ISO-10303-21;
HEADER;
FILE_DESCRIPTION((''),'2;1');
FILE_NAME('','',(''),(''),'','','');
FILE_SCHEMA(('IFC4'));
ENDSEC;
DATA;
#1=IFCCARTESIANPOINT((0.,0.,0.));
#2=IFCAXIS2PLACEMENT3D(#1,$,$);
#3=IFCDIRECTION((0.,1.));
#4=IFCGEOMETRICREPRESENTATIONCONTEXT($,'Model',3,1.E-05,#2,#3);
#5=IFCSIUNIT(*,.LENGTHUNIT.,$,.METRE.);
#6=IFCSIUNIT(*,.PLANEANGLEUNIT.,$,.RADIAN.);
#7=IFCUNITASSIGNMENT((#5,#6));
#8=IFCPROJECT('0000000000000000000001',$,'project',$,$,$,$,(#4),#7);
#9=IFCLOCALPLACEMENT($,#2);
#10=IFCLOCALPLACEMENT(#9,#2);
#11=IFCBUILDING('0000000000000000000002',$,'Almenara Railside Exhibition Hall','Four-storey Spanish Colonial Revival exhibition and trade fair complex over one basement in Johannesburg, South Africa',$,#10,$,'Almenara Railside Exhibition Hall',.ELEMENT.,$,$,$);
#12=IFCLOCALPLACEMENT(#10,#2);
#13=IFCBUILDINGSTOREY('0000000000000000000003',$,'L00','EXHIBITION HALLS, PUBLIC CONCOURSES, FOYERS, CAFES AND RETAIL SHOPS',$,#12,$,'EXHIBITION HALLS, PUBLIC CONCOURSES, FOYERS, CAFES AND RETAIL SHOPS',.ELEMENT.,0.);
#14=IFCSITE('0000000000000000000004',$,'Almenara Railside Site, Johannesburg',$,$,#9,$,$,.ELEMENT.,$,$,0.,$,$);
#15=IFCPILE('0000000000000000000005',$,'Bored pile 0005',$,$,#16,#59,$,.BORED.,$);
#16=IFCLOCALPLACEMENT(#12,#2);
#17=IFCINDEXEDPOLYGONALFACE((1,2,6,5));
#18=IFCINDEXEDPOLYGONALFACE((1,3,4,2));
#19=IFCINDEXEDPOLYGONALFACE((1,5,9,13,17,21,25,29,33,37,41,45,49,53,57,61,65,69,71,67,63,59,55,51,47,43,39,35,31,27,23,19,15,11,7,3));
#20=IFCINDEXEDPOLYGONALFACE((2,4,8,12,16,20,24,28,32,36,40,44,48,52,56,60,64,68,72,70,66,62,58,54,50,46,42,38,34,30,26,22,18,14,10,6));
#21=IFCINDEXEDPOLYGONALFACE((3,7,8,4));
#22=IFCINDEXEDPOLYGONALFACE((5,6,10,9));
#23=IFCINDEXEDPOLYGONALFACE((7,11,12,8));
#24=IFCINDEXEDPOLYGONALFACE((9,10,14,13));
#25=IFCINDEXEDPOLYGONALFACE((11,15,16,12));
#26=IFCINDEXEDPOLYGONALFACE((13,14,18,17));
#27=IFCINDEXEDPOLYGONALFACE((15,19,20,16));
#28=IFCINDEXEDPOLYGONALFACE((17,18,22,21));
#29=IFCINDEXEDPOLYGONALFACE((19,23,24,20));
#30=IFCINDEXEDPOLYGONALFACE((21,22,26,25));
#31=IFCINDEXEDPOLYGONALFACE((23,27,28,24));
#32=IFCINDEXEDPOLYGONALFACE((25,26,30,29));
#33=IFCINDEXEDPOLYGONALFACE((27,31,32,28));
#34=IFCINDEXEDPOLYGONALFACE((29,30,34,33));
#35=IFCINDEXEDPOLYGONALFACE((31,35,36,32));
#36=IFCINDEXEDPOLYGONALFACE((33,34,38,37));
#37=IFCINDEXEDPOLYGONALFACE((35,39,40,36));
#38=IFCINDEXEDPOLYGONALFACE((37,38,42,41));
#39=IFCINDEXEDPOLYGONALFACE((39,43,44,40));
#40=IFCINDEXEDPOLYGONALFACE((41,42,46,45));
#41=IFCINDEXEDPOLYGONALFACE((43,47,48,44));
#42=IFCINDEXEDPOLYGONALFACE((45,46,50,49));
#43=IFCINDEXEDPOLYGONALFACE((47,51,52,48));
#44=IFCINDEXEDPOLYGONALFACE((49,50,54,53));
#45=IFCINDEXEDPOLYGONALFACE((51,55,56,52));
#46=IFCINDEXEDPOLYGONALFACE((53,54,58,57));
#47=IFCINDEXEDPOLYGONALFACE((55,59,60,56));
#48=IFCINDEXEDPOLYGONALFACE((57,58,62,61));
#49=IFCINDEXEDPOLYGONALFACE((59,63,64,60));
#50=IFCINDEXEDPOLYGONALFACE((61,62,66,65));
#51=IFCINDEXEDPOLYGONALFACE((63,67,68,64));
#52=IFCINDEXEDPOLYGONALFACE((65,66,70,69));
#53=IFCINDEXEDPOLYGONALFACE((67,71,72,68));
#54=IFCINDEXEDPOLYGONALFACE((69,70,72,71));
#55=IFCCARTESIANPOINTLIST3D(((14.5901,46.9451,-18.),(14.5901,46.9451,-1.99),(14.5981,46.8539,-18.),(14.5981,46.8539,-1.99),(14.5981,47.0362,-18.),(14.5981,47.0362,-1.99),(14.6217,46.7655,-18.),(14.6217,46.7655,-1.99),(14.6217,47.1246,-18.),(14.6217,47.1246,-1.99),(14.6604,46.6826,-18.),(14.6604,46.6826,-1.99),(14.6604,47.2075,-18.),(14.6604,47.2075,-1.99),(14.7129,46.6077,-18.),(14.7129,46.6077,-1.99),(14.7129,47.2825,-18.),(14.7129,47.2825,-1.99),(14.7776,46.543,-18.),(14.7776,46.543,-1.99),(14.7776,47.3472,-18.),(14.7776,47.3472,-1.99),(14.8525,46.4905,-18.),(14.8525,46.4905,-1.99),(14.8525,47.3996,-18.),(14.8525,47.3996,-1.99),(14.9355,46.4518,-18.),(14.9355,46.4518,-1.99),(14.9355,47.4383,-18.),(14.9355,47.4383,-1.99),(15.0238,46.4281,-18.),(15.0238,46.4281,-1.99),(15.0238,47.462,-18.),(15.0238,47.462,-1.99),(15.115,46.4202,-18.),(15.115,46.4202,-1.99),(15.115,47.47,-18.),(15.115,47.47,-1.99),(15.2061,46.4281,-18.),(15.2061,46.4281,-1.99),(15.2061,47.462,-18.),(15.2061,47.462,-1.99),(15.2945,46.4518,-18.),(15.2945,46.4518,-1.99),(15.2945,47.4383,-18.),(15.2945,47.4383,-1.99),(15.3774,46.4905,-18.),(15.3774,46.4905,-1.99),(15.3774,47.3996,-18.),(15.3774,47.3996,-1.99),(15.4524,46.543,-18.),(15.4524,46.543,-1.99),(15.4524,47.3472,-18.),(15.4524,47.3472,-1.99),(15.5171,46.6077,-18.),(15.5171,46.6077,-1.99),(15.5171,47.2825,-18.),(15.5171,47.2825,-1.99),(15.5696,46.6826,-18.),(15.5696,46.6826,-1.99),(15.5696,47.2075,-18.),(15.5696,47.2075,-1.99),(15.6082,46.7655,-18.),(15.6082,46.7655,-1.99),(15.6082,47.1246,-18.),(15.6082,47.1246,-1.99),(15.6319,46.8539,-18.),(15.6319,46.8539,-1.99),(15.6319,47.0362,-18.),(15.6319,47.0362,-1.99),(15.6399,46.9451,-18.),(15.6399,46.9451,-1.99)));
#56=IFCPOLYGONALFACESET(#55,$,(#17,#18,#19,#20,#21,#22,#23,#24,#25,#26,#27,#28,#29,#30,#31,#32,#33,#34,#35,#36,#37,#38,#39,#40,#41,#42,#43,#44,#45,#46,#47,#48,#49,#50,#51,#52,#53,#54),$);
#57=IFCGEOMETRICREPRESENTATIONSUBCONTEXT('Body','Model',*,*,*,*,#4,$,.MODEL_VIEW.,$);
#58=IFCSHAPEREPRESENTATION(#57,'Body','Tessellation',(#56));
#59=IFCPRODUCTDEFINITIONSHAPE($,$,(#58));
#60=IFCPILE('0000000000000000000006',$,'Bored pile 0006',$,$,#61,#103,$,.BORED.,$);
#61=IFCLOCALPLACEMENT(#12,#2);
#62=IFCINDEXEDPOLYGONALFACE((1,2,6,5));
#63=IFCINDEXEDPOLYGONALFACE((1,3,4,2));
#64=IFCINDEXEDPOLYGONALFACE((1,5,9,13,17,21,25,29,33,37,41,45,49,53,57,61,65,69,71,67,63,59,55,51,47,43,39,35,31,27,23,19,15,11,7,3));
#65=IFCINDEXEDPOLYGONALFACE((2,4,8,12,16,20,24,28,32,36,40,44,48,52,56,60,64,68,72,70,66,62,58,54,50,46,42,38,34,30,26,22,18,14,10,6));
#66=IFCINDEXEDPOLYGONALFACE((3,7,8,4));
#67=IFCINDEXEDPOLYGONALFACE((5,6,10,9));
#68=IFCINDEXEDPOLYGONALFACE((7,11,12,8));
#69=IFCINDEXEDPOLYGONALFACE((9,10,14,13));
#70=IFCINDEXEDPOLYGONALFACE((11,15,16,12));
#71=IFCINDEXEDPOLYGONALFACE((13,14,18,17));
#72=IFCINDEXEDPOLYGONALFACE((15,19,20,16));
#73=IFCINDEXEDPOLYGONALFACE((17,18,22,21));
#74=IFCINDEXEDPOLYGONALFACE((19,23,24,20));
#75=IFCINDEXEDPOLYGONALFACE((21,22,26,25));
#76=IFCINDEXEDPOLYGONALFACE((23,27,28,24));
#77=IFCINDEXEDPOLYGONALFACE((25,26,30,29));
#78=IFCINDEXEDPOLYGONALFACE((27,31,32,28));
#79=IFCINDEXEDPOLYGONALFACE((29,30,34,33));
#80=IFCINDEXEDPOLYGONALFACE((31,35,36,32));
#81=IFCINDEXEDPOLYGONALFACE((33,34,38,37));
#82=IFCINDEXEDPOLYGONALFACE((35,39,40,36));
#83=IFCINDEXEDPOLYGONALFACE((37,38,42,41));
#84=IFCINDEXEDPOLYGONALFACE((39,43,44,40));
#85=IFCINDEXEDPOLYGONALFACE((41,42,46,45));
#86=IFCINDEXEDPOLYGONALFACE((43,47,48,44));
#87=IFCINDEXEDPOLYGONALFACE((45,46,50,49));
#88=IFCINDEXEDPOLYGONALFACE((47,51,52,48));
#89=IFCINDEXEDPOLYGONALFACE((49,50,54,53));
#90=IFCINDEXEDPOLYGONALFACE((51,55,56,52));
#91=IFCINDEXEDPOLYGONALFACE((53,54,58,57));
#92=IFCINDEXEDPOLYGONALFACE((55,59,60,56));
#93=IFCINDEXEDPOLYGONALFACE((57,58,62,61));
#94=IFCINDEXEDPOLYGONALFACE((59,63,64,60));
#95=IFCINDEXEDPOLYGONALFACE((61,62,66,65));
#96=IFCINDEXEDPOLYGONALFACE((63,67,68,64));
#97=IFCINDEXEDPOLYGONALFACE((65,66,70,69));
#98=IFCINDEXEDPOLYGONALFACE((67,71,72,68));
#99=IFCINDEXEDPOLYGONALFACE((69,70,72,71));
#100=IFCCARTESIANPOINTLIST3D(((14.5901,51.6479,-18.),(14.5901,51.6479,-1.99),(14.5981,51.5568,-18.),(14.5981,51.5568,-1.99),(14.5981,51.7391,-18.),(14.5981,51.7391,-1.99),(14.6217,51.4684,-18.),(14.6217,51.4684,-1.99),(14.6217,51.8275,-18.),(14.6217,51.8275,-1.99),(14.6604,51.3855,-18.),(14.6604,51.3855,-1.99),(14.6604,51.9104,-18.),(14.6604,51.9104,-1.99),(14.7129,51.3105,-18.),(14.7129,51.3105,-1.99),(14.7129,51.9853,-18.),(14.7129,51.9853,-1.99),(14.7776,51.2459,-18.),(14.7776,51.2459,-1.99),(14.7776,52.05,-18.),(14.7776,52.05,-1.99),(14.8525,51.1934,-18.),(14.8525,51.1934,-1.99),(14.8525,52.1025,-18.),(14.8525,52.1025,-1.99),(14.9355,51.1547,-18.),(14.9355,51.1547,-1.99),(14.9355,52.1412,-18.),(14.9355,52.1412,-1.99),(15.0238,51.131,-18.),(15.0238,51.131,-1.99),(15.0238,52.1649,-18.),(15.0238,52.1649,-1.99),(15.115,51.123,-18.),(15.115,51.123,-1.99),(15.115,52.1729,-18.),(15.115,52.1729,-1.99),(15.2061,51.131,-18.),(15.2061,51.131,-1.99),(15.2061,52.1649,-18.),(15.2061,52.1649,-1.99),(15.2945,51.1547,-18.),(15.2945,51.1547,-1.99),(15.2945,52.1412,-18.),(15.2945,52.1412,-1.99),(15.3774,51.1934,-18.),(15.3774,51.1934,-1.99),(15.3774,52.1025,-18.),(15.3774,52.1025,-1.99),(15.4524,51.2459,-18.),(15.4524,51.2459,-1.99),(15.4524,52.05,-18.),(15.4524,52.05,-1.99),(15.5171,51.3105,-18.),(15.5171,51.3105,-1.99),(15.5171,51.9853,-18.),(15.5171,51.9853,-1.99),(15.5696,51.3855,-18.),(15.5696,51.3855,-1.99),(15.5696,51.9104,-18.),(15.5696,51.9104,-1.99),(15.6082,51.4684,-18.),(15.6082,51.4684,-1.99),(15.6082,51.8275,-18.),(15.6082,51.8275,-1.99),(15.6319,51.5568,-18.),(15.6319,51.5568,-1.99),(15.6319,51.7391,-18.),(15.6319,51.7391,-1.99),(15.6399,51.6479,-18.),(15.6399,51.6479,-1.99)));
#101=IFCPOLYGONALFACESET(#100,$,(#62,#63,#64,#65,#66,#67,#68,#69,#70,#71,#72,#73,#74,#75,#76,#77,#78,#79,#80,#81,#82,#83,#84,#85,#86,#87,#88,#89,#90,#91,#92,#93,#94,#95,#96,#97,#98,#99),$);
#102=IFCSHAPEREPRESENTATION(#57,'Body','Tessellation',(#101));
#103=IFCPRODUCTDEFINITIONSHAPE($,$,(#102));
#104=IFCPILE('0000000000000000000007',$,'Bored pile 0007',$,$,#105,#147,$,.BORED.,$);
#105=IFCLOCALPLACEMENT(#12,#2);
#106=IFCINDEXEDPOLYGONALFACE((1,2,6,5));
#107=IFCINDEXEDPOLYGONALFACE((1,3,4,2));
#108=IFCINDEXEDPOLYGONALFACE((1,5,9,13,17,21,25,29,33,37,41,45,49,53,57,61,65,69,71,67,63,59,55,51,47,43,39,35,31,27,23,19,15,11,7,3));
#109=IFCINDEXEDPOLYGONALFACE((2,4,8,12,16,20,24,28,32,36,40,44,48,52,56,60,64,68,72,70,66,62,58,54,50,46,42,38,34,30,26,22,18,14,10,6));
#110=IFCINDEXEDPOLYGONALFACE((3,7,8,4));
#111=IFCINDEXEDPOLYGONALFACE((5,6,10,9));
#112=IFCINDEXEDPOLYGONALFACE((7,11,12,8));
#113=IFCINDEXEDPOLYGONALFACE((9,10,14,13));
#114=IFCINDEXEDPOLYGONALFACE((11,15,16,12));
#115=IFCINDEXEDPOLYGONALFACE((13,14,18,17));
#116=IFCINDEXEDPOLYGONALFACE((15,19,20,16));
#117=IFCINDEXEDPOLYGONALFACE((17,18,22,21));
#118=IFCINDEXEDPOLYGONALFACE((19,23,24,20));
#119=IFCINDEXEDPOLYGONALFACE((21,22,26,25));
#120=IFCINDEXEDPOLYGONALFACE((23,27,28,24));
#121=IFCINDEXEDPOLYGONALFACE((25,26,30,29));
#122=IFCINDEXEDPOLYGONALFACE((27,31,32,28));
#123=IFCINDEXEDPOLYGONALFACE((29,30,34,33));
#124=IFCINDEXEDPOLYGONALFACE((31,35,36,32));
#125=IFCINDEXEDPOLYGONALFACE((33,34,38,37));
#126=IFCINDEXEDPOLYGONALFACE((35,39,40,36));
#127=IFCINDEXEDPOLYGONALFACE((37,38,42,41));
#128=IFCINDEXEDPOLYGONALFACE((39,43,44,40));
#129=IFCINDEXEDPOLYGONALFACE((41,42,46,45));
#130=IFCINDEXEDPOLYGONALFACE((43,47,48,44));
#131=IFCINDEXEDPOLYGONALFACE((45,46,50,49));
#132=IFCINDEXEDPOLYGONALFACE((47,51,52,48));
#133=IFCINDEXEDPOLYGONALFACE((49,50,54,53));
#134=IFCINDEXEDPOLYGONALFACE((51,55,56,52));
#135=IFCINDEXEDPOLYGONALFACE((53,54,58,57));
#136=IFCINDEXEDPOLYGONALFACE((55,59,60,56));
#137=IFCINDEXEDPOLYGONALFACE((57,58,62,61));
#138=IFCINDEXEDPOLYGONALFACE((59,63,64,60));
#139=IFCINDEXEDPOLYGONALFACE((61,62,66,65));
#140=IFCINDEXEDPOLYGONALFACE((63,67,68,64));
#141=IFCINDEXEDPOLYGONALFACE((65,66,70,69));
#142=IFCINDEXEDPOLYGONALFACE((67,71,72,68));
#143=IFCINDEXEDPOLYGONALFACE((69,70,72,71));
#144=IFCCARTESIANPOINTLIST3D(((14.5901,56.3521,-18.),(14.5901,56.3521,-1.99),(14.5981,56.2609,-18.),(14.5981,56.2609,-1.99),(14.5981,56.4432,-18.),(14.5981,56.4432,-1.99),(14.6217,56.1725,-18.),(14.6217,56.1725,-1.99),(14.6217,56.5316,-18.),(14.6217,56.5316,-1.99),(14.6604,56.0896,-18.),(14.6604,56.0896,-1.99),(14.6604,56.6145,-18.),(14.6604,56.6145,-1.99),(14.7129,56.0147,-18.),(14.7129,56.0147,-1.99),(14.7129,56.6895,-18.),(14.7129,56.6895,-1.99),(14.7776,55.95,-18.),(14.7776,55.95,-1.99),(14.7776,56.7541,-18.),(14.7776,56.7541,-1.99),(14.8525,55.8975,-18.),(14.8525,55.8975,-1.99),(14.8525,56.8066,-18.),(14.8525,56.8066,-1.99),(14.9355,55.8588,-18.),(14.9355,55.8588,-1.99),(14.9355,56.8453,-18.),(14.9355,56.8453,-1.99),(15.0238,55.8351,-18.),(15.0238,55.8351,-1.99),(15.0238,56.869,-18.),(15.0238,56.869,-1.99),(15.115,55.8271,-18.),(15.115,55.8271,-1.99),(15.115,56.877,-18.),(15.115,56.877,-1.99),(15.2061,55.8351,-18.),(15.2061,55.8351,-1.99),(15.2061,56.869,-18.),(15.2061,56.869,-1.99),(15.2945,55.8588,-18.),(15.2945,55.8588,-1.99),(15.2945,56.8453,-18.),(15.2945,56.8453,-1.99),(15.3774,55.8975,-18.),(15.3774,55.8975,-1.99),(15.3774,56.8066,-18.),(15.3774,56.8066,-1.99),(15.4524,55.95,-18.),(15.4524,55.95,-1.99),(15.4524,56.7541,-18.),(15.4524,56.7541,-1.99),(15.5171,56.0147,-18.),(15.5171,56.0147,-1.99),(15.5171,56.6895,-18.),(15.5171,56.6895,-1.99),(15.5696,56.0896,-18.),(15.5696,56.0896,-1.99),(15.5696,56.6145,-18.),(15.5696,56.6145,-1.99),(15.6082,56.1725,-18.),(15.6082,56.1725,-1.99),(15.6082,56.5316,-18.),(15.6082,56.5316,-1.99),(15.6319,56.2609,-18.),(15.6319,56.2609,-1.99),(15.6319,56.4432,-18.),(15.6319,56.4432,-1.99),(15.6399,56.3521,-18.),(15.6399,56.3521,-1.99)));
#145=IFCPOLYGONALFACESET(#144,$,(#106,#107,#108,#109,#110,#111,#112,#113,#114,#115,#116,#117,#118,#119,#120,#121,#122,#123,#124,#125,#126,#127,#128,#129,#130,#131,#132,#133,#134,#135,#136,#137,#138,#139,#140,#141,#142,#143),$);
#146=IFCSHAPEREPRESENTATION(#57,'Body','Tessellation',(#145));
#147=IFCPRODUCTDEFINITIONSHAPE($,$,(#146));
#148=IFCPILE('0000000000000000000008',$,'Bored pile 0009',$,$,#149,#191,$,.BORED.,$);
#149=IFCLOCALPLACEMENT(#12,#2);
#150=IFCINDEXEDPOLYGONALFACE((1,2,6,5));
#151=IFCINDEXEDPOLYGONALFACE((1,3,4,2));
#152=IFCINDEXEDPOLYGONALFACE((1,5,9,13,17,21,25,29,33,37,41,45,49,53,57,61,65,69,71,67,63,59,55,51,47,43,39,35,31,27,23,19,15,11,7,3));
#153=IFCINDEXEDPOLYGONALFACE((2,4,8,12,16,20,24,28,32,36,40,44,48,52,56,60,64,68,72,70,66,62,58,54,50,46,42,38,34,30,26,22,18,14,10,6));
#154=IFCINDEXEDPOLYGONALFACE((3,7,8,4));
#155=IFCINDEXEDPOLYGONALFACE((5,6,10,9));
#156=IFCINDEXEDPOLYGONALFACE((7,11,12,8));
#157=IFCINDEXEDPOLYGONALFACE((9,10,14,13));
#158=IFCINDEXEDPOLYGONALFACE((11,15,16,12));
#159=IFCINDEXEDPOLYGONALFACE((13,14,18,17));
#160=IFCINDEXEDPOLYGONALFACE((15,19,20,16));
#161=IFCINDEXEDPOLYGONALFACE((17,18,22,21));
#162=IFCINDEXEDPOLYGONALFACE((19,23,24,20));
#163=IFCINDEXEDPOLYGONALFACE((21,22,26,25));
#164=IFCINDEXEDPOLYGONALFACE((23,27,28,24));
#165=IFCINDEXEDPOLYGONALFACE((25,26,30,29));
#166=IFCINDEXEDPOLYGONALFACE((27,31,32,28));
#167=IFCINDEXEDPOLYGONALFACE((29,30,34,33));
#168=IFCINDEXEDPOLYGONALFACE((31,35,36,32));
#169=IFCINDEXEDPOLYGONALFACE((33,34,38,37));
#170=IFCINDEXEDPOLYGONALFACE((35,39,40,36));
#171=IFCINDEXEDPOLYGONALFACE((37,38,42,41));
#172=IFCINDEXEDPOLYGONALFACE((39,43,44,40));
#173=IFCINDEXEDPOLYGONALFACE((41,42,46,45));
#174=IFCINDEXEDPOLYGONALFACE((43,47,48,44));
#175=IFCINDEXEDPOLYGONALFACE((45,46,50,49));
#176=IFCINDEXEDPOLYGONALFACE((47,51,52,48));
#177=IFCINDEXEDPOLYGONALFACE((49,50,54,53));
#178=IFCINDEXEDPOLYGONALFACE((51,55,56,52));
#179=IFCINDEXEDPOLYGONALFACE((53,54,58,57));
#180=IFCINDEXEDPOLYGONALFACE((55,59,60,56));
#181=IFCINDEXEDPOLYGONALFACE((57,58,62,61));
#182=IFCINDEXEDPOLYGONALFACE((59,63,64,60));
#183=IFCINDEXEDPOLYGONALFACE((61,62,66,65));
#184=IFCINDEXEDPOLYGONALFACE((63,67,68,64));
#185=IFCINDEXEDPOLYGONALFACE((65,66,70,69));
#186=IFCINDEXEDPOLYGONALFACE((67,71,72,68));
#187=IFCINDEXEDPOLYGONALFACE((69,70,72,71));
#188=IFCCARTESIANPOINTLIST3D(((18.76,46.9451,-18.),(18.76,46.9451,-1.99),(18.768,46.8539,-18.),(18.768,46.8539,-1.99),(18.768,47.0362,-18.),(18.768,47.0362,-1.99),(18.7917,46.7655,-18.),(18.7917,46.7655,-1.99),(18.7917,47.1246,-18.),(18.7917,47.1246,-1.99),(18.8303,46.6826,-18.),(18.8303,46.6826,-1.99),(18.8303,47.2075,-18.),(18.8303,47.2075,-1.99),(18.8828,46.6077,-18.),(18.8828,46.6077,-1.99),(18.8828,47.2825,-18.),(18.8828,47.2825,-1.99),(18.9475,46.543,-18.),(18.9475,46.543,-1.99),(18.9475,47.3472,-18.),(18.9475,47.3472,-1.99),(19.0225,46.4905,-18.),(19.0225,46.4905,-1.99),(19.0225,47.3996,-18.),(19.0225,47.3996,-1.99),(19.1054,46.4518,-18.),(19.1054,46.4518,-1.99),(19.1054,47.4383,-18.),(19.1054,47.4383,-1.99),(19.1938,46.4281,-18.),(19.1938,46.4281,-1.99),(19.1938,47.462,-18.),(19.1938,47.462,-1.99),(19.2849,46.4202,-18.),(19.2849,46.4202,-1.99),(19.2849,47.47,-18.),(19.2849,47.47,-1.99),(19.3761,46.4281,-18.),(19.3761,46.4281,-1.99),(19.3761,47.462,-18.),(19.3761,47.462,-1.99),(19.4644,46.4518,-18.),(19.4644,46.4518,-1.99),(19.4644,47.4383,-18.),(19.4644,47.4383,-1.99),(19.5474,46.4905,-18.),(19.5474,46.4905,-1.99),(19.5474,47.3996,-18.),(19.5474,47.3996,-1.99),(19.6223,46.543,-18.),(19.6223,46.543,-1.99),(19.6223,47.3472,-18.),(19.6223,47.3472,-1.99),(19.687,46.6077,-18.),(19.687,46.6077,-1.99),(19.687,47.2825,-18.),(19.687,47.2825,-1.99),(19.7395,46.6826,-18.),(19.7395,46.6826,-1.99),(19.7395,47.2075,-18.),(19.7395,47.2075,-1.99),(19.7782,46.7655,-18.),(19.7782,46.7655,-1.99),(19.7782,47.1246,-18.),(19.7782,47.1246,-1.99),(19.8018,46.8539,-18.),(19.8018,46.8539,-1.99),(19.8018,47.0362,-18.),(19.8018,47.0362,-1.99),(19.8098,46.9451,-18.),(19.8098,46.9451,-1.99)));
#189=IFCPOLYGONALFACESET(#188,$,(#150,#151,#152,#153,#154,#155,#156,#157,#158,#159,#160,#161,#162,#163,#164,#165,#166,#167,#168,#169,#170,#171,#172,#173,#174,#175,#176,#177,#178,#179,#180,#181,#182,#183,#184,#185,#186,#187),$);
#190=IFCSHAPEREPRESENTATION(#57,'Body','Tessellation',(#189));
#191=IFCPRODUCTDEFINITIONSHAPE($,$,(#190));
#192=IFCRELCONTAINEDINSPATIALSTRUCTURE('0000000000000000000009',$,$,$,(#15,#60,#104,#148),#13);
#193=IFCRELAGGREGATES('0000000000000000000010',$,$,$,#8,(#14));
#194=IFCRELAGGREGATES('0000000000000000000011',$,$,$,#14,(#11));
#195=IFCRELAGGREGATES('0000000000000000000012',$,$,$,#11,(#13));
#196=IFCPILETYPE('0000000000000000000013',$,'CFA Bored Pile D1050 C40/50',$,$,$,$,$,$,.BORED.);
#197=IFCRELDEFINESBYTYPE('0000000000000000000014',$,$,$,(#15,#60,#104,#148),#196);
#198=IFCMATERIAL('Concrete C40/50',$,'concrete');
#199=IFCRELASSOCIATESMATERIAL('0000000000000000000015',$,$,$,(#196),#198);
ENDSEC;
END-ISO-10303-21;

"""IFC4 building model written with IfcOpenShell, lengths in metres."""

from ifc_helpers import new_model, si_unit, direction, frame, origin, origin_2d, place, context, subcontext, project, spatial, circle, extrude, material, material_profile, profile_set, type_object, element, save


model = new_model("IFC4")

# Units and contexts
model_context = context("Model", 3, precision=1e-05, world=origin(), true_north=direction((0.0, 1.0)))
body_context = subcontext(model_context, "Body", "Model", "MODEL_VIEW")
ifc_project = project(units=[si_unit("LENGTHUNIT", "METRE"), si_unit("PLANEANGLEUNIT", "RADIAN")], contexts=[model_context])

# Site, building, storey
site_placement = place(None, origin())
site = spatial("IfcSite", under=ifc_project, at=site_placement, Name="Almenara Railside Site, Johannesburg", CompositionType="ELEMENT", RefElevation=0.0)
building_placement = place(site_placement, origin())
building = spatial("IfcBuilding", under=site, at=building_placement, Name="Almenara Railside Exhibition Hall", Description="Four-storey Spanish Colonial Revival exhibition and trade fair complex over one basement in Johannesburg, South Africa", LongName="Almenara Railside Exhibition Hall", CompositionType="ELEMENT")
storey_placement = place(building_placement, origin())
storey = spatial("IfcBuildingStorey", under=building, at=storey_placement, Name="L00", Description="EXHIBITION HALLS, PUBLIC CONCOURSES, FOYERS, CAFES AND RETAIL SHOPS", LongName="EXHIBITION HALLS, PUBLIC CONCOURSES, FOYERS, CAFES AND RETAIL SHOPS", CompositionType="ELEMENT", Elevation=0.0)

# Piles
ifc_material_1 = material(Name="Concrete C40/50", Category="concrete")
ifc_material_profile_1 = material_profile(ifc_material_1, circle(Radius=0.5249, at=origin_2d()), Name="CFA-PILE D1050")
ifc_profile_set_1 = profile_set([ifc_material_profile_1], Name="Concrete C40/50")
pile_type = type_object("IfcPileType", Name="CFA Bored Pile D1050 C40/50", PredefinedType="BORED", material=ifc_profile_set_1)
for number, where, z_axis, x_axis, name in (
    (1, (15.115, 46.9451, -1.99), (0.0, 0.0, -1.0), (1.0, 0.0, 0.0), "Bored pile 0005"),
    (2, (15.115, 51.6479, -1.99), (0.0, 0.0, -1.0), (1.0, 0.0, 0.0), "Bored pile 0006"),
    (3, (15.115, 56.3521, -1.99), (0.0, 0.0, -1.0), (1.0, 0.0, 0.0), "Bored pile 0007"),
    (4, (19.2849, 46.9451, -1.99), (0.0, 0.0, -1.0), (1.0, 0.0, 0.0), "Bored pile 0009"),
):
    element("IfcPile", number, at=place(storey_placement, frame(where, z_axis=z_axis, x_axis=x_axis)), inside=storey, type_object=pile_type, Name=name, PredefinedType="BORED", context=body_context, shape_type="SweptSolid", body=[
        extrude(circle(Radius=0.5249, at=origin_2d()), origin(), (0.0, 0.0, 1.0), 16.01),
    ])

save(model, "model.ifc")
